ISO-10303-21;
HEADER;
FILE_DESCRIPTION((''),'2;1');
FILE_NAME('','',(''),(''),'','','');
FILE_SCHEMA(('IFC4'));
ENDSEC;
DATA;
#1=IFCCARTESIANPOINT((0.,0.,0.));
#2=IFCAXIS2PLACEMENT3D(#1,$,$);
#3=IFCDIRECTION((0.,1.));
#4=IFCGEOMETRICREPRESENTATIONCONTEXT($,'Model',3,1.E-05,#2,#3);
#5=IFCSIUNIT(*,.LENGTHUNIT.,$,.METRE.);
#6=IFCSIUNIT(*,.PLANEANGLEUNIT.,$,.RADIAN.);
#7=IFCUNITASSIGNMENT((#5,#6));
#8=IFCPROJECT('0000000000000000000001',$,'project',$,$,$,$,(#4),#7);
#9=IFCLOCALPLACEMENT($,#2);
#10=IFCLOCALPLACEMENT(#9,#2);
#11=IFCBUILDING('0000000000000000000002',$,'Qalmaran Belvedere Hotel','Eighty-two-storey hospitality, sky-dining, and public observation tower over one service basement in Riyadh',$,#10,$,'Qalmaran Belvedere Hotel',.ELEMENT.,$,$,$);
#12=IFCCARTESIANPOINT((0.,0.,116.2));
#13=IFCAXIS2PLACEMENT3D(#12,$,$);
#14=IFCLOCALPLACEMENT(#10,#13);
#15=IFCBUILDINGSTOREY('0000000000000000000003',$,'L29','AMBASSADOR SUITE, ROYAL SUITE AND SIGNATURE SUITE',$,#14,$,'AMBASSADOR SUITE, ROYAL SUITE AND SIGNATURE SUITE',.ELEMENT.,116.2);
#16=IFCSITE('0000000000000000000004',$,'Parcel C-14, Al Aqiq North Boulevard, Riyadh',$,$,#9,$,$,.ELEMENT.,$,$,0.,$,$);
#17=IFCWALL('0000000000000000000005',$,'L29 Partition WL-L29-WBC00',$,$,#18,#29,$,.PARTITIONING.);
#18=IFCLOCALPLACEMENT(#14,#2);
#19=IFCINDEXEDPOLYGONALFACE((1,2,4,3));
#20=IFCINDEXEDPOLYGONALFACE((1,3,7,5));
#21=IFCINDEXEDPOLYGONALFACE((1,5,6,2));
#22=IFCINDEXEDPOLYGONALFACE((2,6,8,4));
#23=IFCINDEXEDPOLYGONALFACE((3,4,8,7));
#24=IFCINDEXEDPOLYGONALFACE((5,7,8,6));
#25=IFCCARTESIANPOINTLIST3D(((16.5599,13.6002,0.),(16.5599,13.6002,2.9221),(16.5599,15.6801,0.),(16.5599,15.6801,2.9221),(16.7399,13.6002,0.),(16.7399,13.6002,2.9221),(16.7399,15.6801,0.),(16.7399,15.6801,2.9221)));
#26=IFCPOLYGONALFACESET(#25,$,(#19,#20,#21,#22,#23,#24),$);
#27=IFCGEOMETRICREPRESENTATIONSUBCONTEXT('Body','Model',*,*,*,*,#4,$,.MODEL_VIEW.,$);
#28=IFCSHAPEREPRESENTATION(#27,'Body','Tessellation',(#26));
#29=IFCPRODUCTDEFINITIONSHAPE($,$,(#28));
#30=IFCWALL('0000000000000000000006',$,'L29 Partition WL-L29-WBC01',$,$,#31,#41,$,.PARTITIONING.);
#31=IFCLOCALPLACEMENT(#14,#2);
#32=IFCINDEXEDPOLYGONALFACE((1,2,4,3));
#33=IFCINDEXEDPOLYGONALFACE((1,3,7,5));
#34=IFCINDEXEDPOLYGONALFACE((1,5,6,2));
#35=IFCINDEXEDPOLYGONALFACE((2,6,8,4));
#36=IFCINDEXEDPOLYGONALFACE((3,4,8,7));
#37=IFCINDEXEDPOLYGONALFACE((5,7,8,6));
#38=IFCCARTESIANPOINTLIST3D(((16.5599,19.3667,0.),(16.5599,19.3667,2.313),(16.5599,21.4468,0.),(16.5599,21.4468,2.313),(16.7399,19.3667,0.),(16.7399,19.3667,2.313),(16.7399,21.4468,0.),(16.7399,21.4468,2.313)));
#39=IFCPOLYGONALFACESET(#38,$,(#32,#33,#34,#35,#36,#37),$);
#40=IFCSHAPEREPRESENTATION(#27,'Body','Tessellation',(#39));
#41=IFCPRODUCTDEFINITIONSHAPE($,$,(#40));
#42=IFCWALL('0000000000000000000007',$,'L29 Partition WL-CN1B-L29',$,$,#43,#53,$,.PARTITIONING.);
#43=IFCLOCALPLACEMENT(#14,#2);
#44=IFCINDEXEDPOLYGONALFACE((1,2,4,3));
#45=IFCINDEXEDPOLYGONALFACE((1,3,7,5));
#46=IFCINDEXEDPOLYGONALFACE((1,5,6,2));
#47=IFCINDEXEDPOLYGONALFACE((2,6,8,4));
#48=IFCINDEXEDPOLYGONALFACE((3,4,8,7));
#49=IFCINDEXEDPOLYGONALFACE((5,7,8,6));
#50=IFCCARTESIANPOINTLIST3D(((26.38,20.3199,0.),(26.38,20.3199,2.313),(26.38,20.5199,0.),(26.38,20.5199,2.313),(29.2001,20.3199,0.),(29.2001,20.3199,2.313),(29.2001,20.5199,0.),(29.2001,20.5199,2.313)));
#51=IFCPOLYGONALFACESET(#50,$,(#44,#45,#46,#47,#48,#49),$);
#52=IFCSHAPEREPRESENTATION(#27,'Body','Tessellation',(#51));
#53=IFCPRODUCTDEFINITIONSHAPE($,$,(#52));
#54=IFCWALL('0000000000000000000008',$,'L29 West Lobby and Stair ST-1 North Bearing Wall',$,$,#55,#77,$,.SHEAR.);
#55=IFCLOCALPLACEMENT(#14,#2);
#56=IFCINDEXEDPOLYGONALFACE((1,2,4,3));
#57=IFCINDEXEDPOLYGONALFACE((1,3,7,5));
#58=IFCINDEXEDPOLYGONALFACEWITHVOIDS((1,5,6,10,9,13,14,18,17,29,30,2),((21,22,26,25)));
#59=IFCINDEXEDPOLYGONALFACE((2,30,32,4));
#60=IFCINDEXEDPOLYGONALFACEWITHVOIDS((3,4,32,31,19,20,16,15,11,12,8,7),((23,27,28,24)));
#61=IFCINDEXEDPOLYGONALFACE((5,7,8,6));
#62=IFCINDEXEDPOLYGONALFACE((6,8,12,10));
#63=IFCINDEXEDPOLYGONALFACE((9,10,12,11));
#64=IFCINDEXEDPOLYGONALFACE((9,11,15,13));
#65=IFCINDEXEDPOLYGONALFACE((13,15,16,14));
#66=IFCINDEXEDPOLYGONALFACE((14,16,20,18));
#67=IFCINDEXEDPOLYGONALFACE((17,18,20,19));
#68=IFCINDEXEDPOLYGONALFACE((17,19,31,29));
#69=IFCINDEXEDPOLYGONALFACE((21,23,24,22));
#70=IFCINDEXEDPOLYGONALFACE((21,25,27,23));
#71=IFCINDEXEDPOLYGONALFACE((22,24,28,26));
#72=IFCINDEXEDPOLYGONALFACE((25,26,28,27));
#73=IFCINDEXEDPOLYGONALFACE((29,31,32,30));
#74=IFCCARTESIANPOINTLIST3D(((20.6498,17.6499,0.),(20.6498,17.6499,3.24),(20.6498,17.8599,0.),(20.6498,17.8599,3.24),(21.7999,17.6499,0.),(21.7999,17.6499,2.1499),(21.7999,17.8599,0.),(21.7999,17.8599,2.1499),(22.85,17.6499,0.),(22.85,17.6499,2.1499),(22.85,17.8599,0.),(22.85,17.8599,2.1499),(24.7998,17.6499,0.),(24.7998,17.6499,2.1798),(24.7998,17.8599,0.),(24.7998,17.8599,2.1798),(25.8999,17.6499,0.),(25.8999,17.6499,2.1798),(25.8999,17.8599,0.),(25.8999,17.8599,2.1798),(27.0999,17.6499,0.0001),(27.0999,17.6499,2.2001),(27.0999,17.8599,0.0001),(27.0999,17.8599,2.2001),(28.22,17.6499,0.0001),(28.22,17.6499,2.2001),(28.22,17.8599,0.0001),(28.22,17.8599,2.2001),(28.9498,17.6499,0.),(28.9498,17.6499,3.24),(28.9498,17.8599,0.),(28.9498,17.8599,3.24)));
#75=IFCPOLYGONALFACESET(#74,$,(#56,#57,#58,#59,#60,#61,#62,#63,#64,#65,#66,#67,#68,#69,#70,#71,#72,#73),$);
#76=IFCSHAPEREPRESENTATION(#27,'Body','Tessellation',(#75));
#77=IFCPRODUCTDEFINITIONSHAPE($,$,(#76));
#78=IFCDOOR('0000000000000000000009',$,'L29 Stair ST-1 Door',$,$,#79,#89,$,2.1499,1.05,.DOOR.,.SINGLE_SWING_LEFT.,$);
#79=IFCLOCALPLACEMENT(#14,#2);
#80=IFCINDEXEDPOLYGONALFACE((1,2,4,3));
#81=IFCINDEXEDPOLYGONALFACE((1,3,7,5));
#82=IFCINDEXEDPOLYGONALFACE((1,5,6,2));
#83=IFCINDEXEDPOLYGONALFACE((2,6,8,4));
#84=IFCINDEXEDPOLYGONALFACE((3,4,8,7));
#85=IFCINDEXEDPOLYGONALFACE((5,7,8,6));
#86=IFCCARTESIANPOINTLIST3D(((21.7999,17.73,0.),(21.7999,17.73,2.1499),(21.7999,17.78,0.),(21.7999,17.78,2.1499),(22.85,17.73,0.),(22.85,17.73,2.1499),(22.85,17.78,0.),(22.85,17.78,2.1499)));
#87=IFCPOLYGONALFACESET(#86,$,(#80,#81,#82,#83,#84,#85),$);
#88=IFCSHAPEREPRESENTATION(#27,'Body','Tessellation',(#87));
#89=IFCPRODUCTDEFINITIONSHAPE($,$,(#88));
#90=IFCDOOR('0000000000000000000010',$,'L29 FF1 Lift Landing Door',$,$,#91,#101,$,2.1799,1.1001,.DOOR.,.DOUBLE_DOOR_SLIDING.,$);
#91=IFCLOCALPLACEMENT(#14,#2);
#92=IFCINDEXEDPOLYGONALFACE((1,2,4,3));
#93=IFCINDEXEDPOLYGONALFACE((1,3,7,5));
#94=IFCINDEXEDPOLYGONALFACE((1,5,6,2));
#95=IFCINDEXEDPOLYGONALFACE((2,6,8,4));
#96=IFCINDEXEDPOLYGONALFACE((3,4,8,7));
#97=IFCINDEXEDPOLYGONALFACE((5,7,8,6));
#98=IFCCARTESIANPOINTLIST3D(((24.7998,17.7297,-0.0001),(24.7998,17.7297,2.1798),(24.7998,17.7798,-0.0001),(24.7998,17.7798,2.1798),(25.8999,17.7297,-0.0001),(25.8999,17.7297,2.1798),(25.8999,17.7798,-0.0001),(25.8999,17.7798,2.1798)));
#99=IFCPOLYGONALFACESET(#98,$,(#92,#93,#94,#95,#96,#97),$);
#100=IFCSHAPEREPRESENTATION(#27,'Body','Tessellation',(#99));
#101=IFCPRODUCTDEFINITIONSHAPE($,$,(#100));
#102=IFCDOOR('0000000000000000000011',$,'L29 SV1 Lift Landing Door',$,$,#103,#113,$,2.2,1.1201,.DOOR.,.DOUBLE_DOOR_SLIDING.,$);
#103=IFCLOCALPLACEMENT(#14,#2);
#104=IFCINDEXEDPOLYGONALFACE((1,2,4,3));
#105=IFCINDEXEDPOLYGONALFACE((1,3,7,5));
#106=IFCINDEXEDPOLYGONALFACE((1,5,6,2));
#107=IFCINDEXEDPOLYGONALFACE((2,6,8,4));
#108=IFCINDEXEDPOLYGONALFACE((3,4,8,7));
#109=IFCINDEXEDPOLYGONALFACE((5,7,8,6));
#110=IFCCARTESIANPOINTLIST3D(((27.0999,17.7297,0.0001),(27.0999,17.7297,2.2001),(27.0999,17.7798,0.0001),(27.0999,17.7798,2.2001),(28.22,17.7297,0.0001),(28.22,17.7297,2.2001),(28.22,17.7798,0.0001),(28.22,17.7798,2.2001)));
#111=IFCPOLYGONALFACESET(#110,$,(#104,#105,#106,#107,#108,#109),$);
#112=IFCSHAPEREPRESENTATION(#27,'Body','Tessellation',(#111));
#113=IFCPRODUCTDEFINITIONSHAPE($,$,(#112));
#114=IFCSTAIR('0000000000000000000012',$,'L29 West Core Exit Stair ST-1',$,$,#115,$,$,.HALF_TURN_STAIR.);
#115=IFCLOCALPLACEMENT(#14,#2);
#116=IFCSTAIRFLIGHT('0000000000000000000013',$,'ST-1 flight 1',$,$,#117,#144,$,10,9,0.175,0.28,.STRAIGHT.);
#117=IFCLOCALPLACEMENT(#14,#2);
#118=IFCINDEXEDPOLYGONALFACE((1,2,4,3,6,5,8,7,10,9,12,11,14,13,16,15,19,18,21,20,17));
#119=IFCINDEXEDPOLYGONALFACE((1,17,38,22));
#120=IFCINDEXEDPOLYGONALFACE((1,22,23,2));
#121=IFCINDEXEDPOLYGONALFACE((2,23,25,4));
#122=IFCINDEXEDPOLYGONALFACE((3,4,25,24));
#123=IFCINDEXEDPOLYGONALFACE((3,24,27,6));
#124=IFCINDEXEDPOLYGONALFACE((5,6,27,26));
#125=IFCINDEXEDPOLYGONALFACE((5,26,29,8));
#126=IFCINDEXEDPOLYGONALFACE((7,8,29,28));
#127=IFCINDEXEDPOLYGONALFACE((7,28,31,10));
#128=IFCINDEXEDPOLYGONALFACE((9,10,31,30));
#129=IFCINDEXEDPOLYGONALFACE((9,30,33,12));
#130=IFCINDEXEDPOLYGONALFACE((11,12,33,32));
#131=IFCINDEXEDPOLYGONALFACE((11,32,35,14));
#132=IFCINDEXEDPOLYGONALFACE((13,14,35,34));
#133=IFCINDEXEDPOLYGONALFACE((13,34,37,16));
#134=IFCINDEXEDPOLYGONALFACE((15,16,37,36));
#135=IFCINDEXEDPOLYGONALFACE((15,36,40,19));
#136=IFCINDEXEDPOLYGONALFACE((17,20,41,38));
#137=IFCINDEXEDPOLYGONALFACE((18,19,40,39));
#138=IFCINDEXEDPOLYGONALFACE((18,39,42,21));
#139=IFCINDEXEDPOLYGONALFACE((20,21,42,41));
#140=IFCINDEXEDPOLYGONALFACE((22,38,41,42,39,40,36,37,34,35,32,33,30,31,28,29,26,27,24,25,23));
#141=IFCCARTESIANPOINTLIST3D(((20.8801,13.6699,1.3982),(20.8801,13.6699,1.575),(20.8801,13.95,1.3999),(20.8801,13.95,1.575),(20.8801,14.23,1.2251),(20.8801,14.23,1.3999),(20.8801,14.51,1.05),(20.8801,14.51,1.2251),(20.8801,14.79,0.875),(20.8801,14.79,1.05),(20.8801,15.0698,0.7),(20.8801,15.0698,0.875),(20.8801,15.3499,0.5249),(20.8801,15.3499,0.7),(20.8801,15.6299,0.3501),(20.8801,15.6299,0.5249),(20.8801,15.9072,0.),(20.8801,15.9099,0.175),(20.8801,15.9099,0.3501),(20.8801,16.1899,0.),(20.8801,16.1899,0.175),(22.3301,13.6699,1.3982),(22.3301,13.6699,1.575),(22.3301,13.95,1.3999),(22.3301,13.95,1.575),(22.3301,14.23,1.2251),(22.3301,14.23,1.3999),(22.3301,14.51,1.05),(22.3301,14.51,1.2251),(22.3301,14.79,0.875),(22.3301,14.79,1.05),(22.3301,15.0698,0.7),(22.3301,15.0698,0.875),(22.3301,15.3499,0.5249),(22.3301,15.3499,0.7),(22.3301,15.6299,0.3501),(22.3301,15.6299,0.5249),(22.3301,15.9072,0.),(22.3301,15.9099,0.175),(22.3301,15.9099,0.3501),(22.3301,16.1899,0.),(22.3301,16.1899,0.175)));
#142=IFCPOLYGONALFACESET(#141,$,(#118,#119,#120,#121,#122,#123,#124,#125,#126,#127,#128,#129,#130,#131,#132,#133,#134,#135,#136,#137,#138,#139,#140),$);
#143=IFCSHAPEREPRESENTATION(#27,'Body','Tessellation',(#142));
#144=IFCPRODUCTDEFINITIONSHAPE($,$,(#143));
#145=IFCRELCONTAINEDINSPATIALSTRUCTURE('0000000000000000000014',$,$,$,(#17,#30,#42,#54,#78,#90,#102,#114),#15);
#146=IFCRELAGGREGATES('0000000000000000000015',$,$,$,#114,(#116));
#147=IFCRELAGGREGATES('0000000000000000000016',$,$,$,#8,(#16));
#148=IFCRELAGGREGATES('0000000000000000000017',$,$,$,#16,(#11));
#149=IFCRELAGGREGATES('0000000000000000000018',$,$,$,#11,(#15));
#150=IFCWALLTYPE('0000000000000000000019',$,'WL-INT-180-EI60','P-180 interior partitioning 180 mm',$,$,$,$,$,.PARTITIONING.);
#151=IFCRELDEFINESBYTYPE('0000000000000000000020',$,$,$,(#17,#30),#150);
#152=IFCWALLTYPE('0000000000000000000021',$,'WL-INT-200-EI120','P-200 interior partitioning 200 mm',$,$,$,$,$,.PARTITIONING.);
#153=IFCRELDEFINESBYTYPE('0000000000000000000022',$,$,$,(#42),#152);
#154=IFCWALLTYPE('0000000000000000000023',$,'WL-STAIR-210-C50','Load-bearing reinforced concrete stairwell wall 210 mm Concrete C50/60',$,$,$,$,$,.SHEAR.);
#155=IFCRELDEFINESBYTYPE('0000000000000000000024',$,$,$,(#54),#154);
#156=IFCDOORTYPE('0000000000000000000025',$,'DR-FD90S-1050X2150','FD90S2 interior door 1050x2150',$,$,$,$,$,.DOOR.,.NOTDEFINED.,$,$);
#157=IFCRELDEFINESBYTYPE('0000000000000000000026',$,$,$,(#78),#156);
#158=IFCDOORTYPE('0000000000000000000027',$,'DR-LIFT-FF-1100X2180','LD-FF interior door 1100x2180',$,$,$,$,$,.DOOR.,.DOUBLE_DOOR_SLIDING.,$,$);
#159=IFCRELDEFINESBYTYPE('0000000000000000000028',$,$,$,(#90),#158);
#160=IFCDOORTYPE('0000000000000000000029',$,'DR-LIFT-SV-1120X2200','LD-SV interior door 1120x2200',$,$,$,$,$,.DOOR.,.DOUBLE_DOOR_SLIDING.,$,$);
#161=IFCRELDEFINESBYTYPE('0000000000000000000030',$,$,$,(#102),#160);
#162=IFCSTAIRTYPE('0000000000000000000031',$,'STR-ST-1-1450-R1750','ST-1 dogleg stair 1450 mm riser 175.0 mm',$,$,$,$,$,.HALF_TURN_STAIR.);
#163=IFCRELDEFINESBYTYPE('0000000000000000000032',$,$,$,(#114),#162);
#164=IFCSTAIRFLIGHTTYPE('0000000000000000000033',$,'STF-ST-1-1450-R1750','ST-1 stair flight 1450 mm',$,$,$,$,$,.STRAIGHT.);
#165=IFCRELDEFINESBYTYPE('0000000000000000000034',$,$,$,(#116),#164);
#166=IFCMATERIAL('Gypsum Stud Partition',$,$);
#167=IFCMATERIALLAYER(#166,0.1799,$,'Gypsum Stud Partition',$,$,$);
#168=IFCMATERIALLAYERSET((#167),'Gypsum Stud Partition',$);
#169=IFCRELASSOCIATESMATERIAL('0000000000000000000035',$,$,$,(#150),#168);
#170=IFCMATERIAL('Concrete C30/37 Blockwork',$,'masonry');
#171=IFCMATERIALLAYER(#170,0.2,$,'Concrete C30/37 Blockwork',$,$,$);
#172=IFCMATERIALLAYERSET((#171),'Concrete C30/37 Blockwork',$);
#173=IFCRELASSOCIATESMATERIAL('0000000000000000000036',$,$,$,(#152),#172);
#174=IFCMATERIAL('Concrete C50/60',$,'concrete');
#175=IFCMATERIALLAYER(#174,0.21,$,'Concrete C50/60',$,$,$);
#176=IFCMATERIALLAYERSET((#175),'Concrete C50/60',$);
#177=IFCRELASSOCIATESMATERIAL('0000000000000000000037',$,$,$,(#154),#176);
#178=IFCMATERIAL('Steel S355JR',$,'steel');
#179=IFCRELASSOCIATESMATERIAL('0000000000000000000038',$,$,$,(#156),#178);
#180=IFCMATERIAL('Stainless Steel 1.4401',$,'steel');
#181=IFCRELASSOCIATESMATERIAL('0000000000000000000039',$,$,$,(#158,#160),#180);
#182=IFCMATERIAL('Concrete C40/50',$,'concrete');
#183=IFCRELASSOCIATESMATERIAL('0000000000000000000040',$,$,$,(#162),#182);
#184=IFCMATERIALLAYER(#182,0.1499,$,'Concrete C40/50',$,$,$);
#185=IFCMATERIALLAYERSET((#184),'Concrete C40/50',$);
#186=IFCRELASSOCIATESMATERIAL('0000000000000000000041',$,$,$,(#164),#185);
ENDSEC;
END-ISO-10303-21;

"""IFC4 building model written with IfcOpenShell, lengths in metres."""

from ifc_helpers import new_model, si_unit, direction, frame, frame_2d, origin, place, context, subcontext, project, spatial, polyline, rectangle, outline, extrude, material, layer, layer_set, type_object, element, fill, aggregate, save


model = new_model("IFC4")

# Units and contexts
model_context = context("Model", 3, precision=1e-05, world=origin(), true_north=direction((0.0, 1.0)))
body_context = subcontext(model_context, "Body", "Model", "MODEL_VIEW")
ifc_project = project(units=[si_unit("LENGTHUNIT", "METRE"), si_unit("PLANEANGLEUNIT", "RADIAN")], contexts=[model_context])

# Site, building, storey
site_placement = place(None, origin())
site = spatial("IfcSite", under=ifc_project, at=site_placement, Name="Parcel C-14, Al Aqiq North Boulevard, Riyadh", CompositionType="ELEMENT", RefElevation=0.0)
building_placement = place(site_placement, origin())
building = spatial("IfcBuilding", under=site, at=building_placement, Name="Qalmaran Belvedere Hotel", Description="Eighty-two-storey hospitality, sky-dining, and public observation tower over one service basement in Riyadh", LongName="Qalmaran Belvedere Hotel", CompositionType="ELEMENT")
storey_placement = place(building_placement, frame((0.0, 0.0, 116.2)))
storey = spatial("IfcBuildingStorey", under=building, at=storey_placement, Name="L29", Description="AMBASSADOR SUITE, ROYAL SUITE AND SIGNATURE SUITE", LongName="AMBASSADOR SUITE, ROYAL SUITE AND SIGNATURE SUITE", CompositionType="ELEMENT", Elevation=116.2)

# Shared definitions
ifc_material_1 = material(Name="Gypsum Stud Partition")

# Shared definitions
ifc_material_2 = material(Name="Steel S355JR", Category="steel")

# Wall
ifc_layer_1 = layer(ifc_material_1, 0.1799, Name="Gypsum Stud Partition")
ifc_layer_set_1 = layer_set([ifc_layer_1], Name="Gypsum Stud Partition")
wall_type_1 = type_object("IfcWallType", Name="WL-INT-180-EI60", Description="P-180 interior partitioning 180 mm", PredefinedType="PARTITIONING", material=ifc_layer_set_1)
wall_1_placement = place(storey_placement, frame((16.6499, 13.6001, 0.0), z_axis=(0.0, 0.0, 1.0), x_axis=(0.0, 1.0, 0.0)))
element("IfcWall", 1, at=wall_1_placement, inside=storey, type_object=wall_type_1, Name="L29 Partition WL-L29-WBC00", PredefinedType="PARTITIONING", context=body_context, shape_type="SweptSolid", body=[
    extrude(rectangle(XDim=2.0798, YDim=0.1799, at=frame_2d((1.04, 0.0))), origin(), (0.0, 0.0, 1.0), 2.9221),
])

# Wall
wall_2_placement = place(storey_placement, frame((16.6499, 19.3667, 0.0), z_axis=(0.0, 0.0, 1.0), x_axis=(0.0, 1.0, 0.0)))
element("IfcWall", 2, at=wall_2_placement, inside=storey, type_object=wall_type_1, Name="L29 Partition WL-L29-WBC01", PredefinedType="PARTITIONING", context=body_context, shape_type="SweptSolid", body=[
    extrude(rectangle(XDim=2.0801, YDim=0.1799, at=frame_2d((1.04, 0.0))), origin(), (0.0, 0.0, 1.0), 2.313),
])

# Shared definitions
ifc_material_3 = material(Name="Concrete C30/37 Blockwork", Category="masonry")
ifc_layer_2 = layer(ifc_material_3, 0.2, Name="Concrete C30/37 Blockwork")
ifc_layer_set_2 = layer_set([ifc_layer_2], Name="Concrete C30/37 Blockwork")
wall_type_2 = type_object("IfcWallType", Name="WL-INT-200-EI120", Description="P-200 interior partitioning 200 mm", PredefinedType="PARTITIONING", material=ifc_layer_set_2)

# Wall
wall_3_placement = place(storey_placement, frame((26.3799, 20.4199, 0.0), z_axis=(0.0, 0.0, 1.0), x_axis=(1.0, 0.0, 0.0)))
element("IfcWall", 3, at=wall_3_placement, inside=storey, type_object=wall_type_2, Name="L29 Partition WL-CN1B-L29", PredefinedType="PARTITIONING", context=body_context, shape_type="SweptSolid", body=[
    extrude(rectangle(XDim=2.8201, YDim=0.2, at=frame_2d((1.4102, 0.0))), origin(), (0.0, 0.0, 1.0), 2.313),
])

# Wall, openings, doors
ifc_material_4 = material(Name="Concrete C50/60", Category="concrete")
ifc_layer_3 = layer(ifc_material_4, 0.21, Name="Concrete C50/60")
ifc_layer_set_3 = layer_set([ifc_layer_3], Name="Concrete C50/60")
wall_type_3 = type_object("IfcWallType", Name="WL-STAIR-210-C50", Description="Load-bearing reinforced concrete stairwell wall 210 mm Concrete C50/60", PredefinedType="SHEAR", material=ifc_layer_set_3)
wall_4_placement = place(storey_placement, frame((20.6499, 17.7549, 0.0), z_axis=(0.0, 0.0, 1.0), x_axis=(1.0, 0.0, 0.0)))
wall_4 = element("IfcWall", 4, at=wall_4_placement, inside=storey, type_object=wall_type_3, Name="L29 West Lobby and Stair ST-1 North Bearing Wall", PredefinedType="SHEAR", context=body_context, shape_type="SweptSolid", body=[
    extrude(rectangle(XDim=8.3, YDim=0.21, at=frame_2d((4.1499, 0.0))), origin(), (0.0, 0.0, 1.0), 3.24),
])
opening_1_placement = place(wall_4_placement, frame((2.2, 0.0, 0.0), z_axis=(0.0, 0.0, 1.0), x_axis=(-1.0, 0.0, 0.0)))
opening_1 = element("IfcOpeningElement", 5, at=opening_1_placement, cuts=wall_4, PredefinedType="OPENING", context=body_context, shape_type="SweptSolid", body=[
    extrude(rectangle(XDim=1.05, YDim=2.1499, at=frame_2d((0.5249, 1.075))), frame((0.0, 0.115, 0.0), z_axis=(0.0, -1.0, 0.0), x_axis=(1.0, 0.0, 0.0)), (0.0, 0.0, 1.0), 0.23),
])
opening_2_placement = place(wall_4_placement, frame((4.1499, 0.0, 0.0)))
opening_2 = element("IfcOpeningElement", 6, at=opening_2_placement, cuts=wall_4, PredefinedType="OPENING", context=body_context, shape_type="SweptSolid", body=[
    extrude(rectangle(XDim=1.1001, YDim=2.1799, at=frame_2d((0.55, 1.0898))), frame((0.0, 0.115, 0.0), z_axis=(0.0, -1.0, 0.0), x_axis=(1.0, 0.0, 0.0)), (0.0, 0.0, 1.0), 0.23),
])
opening_3_placement = place(wall_4_placement, frame((6.45, 0.0, 0.0)))
opening_3 = element("IfcOpeningElement", 7, at=opening_3_placement, cuts=wall_4, PredefinedType="OPENING", context=body_context, shape_type="SweptSolid", body=[
    extrude(rectangle(XDim=1.1201, YDim=2.2, at=frame_2d((0.5601, 1.1001))), frame((0.0, 0.115, 0.0), z_axis=(0.0, -1.0, 0.0), x_axis=(1.0, 0.0, 0.0)), (0.0, 0.0, 1.0), 0.23),
])
door_type_1 = type_object("IfcDoorType", Name="DR-FD90S-1050X2150", Description="FD90S2 interior door 1050x2150", OperationType="NOTDEFINED", PredefinedType="DOOR", material=ifc_material_2)
door_1_placement = place(opening_1_placement, origin())
door_1 = element("IfcDoor", 8, at=door_1_placement, inside=storey, type_object=door_type_1, Name="L29 Stair ST-1 Door", OperationType="SINGLE_SWING_LEFT", OverallHeight=2.1499, OverallWidth=1.05, PredefinedType="DOOR", context=body_context, shape_type="SweptSolid", body=[
    extrude(rectangle(XDim=1.05, YDim=2.1499, at=frame_2d((0.5249, 1.075))), frame((0.0, 0.0249, 0.0), z_axis=(0.0, -1.0, 0.0), x_axis=(1.0, 0.0, 0.0)), (0.0, 0.0, 1.0), 0.05),
])
fill(opening_1, door_1)
ifc_material_5 = material(Name="Stainless Steel 1.4401", Category="steel")
door_type_2 = type_object("IfcDoorType", Name="DR-LIFT-FF-1100X2180", Description="LD-FF interior door 1100x2180", OperationType="DOUBLE_DOOR_SLIDING", PredefinedType="DOOR", material=ifc_material_5)
door_2_placement = place(opening_2_placement, origin())
door_2 = element("IfcDoor", 9, at=door_2_placement, inside=storey, type_object=door_type_2, Name="L29 FF1 Lift Landing Door", OperationType="DOUBLE_DOOR_SLIDING", OverallHeight=2.1799, OverallWidth=1.1001, PredefinedType="DOOR", context=body_context, shape_type="SweptSolid", body=[
    extrude(rectangle(XDim=1.1001, YDim=2.1799, at=frame_2d((0.55, 1.0898))), frame((0.0, 0.0249, 0.0), z_axis=(0.0, -1.0, 0.0), x_axis=(1.0, 0.0, 0.0)), (0.0, 0.0, 1.0), 0.05),
])
fill(opening_2, door_2)
door_type_3 = type_object("IfcDoorType", Name="DR-LIFT-SV-1120X2200", Description="LD-SV interior door 1120x2200", OperationType="DOUBLE_DOOR_SLIDING", PredefinedType="DOOR", material=ifc_material_5)
door_3_placement = place(opening_3_placement, origin())
door_3 = element("IfcDoor", 10, at=door_3_placement, inside=storey, type_object=door_type_3, Name="L29 SV1 Lift Landing Door", OperationType="DOUBLE_DOOR_SLIDING", OverallHeight=2.2, OverallWidth=1.1201, PredefinedType="DOOR", context=body_context, shape_type="SweptSolid", body=[
    extrude(rectangle(XDim=1.1201, YDim=2.2, at=frame_2d((0.5601, 1.1001))), frame((0.0, 0.0249, 0.0), z_axis=(0.0, -1.0, 0.0), x_axis=(1.0, 0.0, 0.0)), (0.0, 0.0, 1.0), 0.05),
])
fill(opening_3, door_3)

# Stair, stair flight
ifc_material_6 = material(Name="Concrete C40/50", Category="concrete")
stair_type = type_object("IfcStairType", Name="STR-ST-1-1450-R1750", Description="ST-1 dogleg stair 1450 mm riser 175.0 mm", PredefinedType="HALF_TURN_STAIR", material=ifc_material_6)
stair_placement = place(storey_placement, origin())
stair = element("IfcStair", 11, at=stair_placement, inside=storey, type_object=stair_type, Name="L29 West Core Exit Stair ST-1", PredefinedType="HALF_TURN_STAIR")
ifc_layer_4 = layer(ifc_material_6, 0.1499, Name="Concrete C40/50")
ifc_layer_set_4 = layer_set([ifc_layer_4], Name="Concrete C40/50")
stair_flight_type = type_object("IfcStairFlightType", Name="STF-ST-1-1450-R1750", Description="ST-1 stair flight 1450 mm", PredefinedType="STRAIGHT", material=ifc_layer_set_4)
stair_flight_1_placement = place(storey_placement, frame((21.605, 16.1899, 0.0), z_axis=(0.0, 0.0, 1.0), x_axis=(0.0, -1.0, 0.0)))
stair_flight_1 = element("IfcStairFlight", 12, at=stair_flight_1_placement, type_object=stair_flight_type, Name="ST-1 flight 1", NumberOfRisers=10, NumberOfTreads=9, PredefinedType="STRAIGHT", RiserHeight=0.175, TreadLength=0.28, context=body_context, shape_type="SweptSolid", body=[
    extrude(outline(polyline([(0.0, 0.0), (0.0, 0.175), (0.28, 0.175), (0.28, 0.3501), (0.5601, 0.3501), (0.5601, 0.5249), (0.8401, 0.5249), (0.8401, 0.7), (1.1201, 0.7), (1.1201, 0.875), (1.3999, 0.875), (1.3999, 1.05), (1.6799, 1.05), (1.6799, 1.2251), (1.96, 1.2251), (1.96, 1.3999), (2.24, 1.3999), (2.24, 1.575), (2.52, 1.575), (2.52, 1.75), (2.52, 1.3982), (0.2827, 0.0), (0.0, 0.0)])), frame((0.0, 0.7251, 0.0), z_axis=(0.0, -1.0, 0.0), x_axis=(1.0, 0.0, 0.0)), (0.0, 0.0, 1.0), 1.45),
])
aggregate(stair, [stair_flight_1])

save(model, "model.ifc")
